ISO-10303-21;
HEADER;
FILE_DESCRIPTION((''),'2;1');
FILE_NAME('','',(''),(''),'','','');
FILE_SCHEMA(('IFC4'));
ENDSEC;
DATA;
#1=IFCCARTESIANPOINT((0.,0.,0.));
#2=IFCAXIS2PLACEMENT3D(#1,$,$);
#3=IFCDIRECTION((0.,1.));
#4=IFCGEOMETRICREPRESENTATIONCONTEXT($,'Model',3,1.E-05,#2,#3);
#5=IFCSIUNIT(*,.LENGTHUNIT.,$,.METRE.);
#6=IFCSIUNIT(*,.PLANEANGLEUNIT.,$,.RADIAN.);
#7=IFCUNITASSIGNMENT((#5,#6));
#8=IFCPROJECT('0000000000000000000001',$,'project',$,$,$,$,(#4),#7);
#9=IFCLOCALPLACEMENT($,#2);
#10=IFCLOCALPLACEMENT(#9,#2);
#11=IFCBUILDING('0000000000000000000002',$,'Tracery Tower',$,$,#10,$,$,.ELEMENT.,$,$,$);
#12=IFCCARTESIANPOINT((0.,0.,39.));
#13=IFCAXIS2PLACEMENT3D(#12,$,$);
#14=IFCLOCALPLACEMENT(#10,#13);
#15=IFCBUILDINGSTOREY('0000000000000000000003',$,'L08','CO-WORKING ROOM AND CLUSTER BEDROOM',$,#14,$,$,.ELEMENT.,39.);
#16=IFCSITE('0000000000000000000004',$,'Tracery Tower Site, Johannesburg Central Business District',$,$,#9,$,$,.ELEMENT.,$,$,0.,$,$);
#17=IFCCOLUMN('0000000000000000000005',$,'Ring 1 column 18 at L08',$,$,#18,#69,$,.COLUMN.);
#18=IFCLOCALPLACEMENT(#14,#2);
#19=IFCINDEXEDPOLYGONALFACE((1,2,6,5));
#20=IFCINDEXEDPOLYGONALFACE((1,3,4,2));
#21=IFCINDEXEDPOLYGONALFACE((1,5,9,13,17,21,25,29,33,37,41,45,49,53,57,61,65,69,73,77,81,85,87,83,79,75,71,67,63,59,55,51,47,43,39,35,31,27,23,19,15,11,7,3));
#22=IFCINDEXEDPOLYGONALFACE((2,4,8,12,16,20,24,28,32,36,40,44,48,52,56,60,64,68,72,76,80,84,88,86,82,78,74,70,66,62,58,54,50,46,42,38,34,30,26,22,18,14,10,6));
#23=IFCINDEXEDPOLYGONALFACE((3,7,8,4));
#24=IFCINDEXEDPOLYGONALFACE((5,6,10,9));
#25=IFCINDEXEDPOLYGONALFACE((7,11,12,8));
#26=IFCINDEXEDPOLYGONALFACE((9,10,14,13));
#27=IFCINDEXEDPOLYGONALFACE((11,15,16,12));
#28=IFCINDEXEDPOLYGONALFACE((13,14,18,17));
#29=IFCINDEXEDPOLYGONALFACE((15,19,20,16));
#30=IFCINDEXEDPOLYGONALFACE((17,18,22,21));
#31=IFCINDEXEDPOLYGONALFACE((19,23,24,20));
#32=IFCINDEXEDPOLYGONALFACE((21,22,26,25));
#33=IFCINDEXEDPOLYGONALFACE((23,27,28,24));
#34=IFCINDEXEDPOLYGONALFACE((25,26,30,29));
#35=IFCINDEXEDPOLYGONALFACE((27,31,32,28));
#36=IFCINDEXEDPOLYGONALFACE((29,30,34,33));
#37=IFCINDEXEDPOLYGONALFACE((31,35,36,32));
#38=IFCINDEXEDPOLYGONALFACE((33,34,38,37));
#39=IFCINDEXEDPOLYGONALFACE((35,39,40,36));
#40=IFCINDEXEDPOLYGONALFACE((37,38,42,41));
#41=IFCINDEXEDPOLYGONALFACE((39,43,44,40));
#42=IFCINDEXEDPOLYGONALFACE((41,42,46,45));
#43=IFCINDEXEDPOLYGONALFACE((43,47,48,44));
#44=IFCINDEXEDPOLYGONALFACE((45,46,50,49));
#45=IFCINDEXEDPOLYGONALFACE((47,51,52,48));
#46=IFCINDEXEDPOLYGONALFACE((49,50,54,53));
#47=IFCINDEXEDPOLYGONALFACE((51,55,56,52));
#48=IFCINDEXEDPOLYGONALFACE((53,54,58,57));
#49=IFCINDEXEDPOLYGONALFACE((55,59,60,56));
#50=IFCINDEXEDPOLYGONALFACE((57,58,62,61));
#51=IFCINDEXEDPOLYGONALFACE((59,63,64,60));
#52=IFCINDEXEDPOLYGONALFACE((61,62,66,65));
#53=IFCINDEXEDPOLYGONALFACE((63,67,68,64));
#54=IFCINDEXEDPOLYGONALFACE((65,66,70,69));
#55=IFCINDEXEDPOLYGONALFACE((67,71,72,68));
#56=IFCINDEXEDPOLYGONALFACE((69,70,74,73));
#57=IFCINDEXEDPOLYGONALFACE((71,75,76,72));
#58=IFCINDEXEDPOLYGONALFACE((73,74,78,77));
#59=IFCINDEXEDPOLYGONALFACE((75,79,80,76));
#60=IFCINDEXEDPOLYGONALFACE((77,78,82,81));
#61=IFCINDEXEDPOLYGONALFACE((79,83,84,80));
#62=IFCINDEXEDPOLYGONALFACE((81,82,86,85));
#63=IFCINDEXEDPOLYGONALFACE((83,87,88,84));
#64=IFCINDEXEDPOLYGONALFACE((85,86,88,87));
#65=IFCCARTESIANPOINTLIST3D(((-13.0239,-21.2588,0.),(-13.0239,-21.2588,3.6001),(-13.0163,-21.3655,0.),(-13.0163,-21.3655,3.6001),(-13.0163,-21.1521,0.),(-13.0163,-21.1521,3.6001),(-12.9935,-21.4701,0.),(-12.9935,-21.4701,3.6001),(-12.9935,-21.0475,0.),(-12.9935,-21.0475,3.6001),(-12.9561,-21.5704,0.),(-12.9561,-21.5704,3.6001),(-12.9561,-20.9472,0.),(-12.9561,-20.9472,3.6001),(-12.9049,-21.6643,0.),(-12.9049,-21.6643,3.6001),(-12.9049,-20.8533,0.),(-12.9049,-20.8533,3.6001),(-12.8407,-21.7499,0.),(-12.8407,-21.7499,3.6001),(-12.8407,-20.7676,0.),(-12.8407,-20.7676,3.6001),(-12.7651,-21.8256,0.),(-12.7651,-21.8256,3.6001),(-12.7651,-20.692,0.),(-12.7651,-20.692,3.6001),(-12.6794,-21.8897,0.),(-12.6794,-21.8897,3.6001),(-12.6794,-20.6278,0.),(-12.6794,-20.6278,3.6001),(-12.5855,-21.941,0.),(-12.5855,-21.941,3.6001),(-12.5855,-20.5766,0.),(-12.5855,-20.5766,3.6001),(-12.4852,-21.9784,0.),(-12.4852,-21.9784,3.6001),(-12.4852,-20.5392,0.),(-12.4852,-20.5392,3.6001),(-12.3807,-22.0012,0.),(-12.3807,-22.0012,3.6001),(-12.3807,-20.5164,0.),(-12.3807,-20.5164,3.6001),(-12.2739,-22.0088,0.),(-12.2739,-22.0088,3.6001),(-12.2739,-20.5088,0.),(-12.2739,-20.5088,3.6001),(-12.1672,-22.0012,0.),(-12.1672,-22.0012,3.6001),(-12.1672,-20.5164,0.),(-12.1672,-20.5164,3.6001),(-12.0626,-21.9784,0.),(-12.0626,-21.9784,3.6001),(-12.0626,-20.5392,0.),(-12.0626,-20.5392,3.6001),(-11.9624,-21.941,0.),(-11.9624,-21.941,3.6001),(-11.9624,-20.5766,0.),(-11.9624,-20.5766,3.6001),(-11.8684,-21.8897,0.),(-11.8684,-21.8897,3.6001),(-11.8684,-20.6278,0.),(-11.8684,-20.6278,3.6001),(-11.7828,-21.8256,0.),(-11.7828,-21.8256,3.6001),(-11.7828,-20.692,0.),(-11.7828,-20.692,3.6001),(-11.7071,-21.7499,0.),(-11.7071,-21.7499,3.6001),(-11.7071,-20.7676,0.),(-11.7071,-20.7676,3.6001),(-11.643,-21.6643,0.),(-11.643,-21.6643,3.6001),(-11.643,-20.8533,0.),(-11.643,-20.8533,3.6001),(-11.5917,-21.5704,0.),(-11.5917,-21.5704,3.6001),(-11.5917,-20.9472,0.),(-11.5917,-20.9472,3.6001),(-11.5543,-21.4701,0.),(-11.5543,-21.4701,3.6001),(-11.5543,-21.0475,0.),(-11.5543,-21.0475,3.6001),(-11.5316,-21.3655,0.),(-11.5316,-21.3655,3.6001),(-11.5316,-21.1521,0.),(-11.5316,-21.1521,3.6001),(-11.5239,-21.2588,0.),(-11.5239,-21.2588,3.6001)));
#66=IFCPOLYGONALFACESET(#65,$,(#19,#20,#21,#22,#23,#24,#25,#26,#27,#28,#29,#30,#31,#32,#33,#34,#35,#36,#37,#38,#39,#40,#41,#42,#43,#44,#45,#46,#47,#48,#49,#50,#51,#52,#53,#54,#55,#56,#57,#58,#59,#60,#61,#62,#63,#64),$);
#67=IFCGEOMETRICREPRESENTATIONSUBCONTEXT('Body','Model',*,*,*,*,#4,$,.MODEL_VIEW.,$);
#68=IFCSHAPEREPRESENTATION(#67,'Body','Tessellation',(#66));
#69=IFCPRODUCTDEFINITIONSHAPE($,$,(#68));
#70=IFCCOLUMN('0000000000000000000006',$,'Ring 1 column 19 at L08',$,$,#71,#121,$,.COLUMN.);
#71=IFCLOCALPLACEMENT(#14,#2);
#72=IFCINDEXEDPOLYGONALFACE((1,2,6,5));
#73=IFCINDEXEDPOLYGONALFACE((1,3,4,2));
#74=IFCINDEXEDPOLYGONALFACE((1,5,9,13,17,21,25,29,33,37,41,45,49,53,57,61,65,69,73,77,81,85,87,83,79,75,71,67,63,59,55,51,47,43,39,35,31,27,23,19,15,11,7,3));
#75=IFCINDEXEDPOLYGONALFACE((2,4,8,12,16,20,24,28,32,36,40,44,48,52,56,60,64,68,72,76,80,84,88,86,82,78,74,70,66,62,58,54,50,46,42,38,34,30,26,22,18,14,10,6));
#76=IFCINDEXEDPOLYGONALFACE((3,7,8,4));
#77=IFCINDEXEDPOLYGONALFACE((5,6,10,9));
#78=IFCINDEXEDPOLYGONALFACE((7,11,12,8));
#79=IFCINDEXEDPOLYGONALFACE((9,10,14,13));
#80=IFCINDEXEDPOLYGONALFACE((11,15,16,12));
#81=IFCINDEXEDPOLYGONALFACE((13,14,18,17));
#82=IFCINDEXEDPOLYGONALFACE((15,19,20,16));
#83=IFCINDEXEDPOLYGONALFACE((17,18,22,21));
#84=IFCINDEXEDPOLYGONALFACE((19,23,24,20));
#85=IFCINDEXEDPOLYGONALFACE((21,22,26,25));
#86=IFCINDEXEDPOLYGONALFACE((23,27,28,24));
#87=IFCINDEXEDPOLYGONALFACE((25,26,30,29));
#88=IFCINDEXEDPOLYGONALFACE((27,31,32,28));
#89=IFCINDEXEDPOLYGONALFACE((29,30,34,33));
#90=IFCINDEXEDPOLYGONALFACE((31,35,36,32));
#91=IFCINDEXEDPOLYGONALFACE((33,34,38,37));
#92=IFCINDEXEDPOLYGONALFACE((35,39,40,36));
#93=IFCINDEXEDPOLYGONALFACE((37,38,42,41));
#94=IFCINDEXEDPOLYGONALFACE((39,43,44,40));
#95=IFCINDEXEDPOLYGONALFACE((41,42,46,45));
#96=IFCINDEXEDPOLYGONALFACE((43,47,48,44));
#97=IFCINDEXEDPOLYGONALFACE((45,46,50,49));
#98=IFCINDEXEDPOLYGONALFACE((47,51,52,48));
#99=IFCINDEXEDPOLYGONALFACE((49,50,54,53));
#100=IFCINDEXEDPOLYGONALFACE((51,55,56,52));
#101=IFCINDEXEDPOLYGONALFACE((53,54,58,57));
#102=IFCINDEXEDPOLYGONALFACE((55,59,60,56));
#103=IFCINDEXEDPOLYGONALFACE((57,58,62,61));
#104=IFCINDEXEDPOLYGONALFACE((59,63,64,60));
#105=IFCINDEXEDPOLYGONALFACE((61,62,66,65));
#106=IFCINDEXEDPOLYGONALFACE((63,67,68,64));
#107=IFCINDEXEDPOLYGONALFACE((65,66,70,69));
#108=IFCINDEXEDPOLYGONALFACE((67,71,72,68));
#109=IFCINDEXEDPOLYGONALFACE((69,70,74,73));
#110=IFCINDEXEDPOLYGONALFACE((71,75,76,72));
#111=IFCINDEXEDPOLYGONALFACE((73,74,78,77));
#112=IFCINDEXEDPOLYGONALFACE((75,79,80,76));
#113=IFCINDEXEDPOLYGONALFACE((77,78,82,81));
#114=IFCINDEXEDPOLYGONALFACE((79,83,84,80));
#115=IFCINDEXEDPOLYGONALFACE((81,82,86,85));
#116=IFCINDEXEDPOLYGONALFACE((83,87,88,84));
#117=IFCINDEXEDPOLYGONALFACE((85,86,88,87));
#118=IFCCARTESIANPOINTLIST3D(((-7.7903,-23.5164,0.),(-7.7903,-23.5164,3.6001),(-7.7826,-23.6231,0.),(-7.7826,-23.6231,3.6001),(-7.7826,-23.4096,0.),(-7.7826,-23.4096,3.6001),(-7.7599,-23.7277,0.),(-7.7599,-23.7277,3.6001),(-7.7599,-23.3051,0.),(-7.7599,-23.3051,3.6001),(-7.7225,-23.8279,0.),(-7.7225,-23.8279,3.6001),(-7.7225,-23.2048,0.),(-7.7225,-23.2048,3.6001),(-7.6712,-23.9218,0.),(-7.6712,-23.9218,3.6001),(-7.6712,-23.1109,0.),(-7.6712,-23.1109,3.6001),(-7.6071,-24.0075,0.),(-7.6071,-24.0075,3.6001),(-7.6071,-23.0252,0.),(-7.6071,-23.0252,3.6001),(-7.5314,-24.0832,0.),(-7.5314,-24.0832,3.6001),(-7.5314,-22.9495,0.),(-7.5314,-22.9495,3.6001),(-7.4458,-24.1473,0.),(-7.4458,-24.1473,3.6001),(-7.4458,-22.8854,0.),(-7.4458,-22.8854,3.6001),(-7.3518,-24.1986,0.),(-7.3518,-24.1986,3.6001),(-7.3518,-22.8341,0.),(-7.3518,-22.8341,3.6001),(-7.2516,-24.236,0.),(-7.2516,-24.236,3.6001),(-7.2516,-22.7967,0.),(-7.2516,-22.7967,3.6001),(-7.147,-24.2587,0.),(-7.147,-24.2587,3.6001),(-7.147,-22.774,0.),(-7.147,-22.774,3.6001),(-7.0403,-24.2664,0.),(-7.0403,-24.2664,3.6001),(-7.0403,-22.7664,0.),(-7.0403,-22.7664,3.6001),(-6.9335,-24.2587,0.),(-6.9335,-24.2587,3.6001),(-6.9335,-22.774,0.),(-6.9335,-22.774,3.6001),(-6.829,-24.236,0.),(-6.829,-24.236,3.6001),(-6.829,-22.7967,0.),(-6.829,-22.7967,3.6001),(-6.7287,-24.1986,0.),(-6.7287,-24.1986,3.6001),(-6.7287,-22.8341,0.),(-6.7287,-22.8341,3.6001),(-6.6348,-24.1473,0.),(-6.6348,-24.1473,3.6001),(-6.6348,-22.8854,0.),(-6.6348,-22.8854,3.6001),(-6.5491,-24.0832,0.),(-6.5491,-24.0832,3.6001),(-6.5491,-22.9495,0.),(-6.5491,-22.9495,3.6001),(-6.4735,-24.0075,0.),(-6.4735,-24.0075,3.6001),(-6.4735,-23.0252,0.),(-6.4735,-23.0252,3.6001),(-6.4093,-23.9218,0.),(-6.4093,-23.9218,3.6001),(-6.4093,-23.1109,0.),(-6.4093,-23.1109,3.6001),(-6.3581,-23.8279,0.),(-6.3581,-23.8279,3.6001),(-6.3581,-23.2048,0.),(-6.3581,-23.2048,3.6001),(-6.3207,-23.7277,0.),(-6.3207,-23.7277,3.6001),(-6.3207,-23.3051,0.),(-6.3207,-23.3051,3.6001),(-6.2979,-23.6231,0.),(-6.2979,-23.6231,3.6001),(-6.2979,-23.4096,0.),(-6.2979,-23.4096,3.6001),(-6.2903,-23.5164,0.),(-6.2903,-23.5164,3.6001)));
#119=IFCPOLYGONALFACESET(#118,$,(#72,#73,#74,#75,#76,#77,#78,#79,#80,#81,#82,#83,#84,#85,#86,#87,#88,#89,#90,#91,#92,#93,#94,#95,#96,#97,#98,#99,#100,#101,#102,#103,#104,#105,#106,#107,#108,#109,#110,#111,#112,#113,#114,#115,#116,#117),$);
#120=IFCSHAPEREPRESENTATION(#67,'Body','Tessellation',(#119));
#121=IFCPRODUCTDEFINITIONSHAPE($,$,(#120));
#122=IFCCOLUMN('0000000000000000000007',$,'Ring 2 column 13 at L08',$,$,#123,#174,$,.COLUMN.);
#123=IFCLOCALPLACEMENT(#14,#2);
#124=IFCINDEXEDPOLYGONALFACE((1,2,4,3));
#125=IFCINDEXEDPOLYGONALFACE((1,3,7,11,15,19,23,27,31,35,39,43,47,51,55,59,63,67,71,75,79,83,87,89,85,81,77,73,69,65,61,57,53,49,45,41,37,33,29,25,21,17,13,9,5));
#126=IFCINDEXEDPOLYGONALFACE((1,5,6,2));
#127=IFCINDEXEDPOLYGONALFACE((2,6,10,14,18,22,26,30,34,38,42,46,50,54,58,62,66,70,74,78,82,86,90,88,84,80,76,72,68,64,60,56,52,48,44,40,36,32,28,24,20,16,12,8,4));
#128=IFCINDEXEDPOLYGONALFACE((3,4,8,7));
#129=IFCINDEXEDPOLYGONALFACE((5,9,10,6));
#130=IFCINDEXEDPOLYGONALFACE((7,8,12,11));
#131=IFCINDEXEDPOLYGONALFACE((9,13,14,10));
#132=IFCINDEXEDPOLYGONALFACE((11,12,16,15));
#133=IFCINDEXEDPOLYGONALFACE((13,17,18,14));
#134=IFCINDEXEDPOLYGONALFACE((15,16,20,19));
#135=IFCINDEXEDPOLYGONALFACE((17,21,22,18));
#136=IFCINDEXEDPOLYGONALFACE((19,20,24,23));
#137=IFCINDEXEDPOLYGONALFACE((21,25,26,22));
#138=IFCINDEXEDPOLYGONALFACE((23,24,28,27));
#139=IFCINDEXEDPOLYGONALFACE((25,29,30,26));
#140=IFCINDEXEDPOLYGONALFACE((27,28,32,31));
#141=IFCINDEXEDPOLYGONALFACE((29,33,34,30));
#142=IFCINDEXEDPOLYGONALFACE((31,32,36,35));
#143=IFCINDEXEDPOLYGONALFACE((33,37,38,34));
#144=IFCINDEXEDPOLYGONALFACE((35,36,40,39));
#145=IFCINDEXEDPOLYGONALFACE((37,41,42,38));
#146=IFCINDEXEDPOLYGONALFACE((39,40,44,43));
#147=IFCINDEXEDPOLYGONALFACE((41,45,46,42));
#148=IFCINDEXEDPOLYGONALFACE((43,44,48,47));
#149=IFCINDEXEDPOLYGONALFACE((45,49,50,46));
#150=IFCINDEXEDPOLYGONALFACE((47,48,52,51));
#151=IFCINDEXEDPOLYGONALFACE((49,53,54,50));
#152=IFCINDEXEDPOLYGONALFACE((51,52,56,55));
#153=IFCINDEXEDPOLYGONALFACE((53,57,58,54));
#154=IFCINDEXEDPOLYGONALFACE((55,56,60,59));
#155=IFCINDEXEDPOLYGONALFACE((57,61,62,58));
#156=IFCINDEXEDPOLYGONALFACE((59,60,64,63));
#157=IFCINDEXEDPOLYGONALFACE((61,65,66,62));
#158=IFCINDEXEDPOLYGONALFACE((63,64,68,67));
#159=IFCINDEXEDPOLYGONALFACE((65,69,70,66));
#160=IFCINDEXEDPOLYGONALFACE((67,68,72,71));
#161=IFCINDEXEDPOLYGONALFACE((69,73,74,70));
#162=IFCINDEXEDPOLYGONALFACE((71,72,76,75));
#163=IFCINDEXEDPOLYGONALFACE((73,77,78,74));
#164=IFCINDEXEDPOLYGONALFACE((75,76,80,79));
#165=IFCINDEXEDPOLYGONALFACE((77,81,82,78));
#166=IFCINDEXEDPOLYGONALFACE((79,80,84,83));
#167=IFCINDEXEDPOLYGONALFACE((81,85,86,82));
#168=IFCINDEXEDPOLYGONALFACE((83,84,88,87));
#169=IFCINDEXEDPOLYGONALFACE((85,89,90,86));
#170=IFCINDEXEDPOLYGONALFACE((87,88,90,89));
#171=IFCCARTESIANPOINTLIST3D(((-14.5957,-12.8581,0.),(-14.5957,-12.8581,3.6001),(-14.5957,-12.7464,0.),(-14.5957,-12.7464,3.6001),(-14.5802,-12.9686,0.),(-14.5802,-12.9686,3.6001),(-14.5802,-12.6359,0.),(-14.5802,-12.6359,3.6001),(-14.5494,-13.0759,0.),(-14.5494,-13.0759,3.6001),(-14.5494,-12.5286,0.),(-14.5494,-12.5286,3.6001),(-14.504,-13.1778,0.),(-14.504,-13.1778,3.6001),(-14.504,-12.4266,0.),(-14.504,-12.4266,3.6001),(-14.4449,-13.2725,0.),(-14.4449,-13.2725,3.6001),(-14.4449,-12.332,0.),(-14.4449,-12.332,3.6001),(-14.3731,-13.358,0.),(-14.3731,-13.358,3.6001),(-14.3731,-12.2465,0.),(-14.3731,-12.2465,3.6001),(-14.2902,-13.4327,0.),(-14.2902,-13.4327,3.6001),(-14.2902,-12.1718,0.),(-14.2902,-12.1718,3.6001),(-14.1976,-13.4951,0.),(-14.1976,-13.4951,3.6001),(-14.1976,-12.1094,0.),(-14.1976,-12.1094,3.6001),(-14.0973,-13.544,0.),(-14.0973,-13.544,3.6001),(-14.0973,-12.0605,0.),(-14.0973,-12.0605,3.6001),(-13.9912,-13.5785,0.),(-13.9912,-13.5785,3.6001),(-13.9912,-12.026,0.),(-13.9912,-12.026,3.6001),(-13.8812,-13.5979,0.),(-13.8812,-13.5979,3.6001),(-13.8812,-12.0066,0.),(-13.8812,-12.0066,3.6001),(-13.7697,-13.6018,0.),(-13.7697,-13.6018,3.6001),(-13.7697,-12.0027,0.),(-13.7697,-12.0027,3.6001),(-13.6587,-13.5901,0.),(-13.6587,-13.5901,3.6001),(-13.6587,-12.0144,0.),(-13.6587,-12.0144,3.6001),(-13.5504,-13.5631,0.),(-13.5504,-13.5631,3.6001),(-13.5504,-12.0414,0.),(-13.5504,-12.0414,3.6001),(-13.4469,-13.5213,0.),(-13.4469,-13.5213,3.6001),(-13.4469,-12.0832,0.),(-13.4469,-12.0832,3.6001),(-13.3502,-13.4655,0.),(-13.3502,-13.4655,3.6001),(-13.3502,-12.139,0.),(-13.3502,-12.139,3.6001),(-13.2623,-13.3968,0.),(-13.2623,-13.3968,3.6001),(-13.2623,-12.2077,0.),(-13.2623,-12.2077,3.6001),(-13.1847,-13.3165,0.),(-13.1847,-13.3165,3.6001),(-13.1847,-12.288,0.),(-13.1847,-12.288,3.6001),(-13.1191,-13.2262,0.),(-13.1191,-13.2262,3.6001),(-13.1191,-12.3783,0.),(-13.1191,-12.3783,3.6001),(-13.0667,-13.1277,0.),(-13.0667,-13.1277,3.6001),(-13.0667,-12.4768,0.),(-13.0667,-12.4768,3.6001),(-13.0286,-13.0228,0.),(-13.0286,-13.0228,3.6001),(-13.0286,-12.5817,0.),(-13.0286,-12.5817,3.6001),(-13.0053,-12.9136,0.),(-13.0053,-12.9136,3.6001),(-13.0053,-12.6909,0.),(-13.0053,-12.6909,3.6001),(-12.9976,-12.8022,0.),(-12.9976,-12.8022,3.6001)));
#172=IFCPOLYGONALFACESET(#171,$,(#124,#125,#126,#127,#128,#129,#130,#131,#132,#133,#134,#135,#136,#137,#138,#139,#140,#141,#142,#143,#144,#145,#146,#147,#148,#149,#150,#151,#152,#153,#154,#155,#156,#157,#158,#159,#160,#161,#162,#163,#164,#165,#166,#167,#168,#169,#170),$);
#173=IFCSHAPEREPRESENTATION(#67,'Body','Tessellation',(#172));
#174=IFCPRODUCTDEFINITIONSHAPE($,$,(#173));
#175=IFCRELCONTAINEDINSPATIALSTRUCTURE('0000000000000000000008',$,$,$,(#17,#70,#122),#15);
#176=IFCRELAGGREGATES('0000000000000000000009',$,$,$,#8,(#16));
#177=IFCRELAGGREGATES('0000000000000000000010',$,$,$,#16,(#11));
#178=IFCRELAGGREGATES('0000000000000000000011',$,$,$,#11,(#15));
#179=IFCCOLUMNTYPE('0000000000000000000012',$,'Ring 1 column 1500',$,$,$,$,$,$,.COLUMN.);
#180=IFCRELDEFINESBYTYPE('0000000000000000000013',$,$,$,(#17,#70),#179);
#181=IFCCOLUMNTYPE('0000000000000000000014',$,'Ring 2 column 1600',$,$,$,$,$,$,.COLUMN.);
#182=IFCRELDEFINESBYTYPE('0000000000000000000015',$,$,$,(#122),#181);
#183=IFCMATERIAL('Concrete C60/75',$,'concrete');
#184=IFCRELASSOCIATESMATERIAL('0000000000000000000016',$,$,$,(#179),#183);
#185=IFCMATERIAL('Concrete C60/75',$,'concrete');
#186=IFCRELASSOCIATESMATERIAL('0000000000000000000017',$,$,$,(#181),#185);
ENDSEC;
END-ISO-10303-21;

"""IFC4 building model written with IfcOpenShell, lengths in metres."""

from ifc_helpers import new_model, si_unit, direction, frame, origin, origin_2d, place, context, subcontext, project, spatial, circle, extrude, material, material_profile, profile_set, type_object, element, save


model = new_model("IFC4")

# Units and contexts
model_context = context("Model", 3, precision=1e-05, world=origin(), true_north=direction((0.0, 1.0)))
body_context = subcontext(model_context, "Body", "Model", "MODEL_VIEW")
ifc_project = project(units=[si_unit("LENGTHUNIT", "METRE"), si_unit("PLANEANGLEUNIT", "RADIAN")], contexts=[model_context])

# Site, building, storey
site_placement = place(None, origin())
site = spatial("IfcSite", under=ifc_project, at=site_placement, Name="Tracery Tower Site, Johannesburg Central Business District", CompositionType="ELEMENT", RefElevation=0.0)
building_placement = place(site_placement, origin())
building = spatial("IfcBuilding", under=site, at=building_placement, Name="Tracery Tower", CompositionType="ELEMENT")
storey_placement = place(building_placement, frame((0.0, 0.0, 39.0)))
storey = spatial("IfcBuildingStorey", under=building, at=storey_placement, Name="L08", Description="CO-WORKING ROOM AND CLUSTER BEDROOM", CompositionType="ELEMENT", Elevation=39.0)

# Columns
ifc_material_1 = material(Name="Concrete C60/75", Category="concrete")
ifc_material_profile_1 = material_profile(ifc_material_1, circle(Radius=0.75, at=origin_2d()), Name="RC D1500")
ifc_profile_set_1 = profile_set([ifc_material_profile_1], Name="Concrete C60/75")
column_type_1 = type_object("IfcColumnType", Name="Ring 1 column 1500", PredefinedType="COLUMN", material=ifc_profile_set_1)
for number, where, z_axis, x_axis, name in (
    (1, (-12.2739, -21.2588, 0.0), (0.0, 0.0, 1.0), (1.0, 0.0, 0.0), "Ring 1 column 18 at L08"),
    (2, (-7.0403, -23.5164, 0.0), (0.0, 0.0, 1.0), (1.0, 0.0, 0.0), "Ring 1 column 19 at L08"),
):
    element("IfcColumn", number, at=place(storey_placement, frame(where, z_axis=z_axis, x_axis=x_axis)), inside=storey, type_object=column_type_1, Name=name, PredefinedType="COLUMN", context=body_context, shape_type="SweptSolid", body=[
        extrude(circle(Radius=0.75, at=origin_2d()), origin(), (0.0, 0.0, 1.0), 3.6001),
    ])
ifc_material_2 = material(Name="Concrete C60/75", Category="concrete")
ifc_material_profile_2 = material_profile(ifc_material_2, circle(Radius=0.8, at=origin_2d()), Name="RC D1600")
ifc_profile_set_2 = profile_set([ifc_material_profile_2], Name="Concrete C60/75")
column_type_2 = type_object("IfcColumnType", Name="Ring 2 column 1600", PredefinedType="COLUMN", material=ifc_profile_set_2)
for number, where, z_axis, x_axis, name in (
    (3, (-13.7976, -12.8022, 0.0), (0.0, 0.0, 1.0), (1.0, 0.0, 0.0), "Ring 2 column 13 at L08"),
):
    element("IfcColumn", number, at=place(storey_placement, frame(where, z_axis=z_axis, x_axis=x_axis)), inside=storey, type_object=column_type_2, Name=name, PredefinedType="COLUMN", context=body_context, shape_type="SweptSolid", body=[
        extrude(circle(Radius=0.8, at=origin_2d()), origin(), (0.0, 0.0, 1.0), 3.6001),
    ])

save(model, "model.ifc")
